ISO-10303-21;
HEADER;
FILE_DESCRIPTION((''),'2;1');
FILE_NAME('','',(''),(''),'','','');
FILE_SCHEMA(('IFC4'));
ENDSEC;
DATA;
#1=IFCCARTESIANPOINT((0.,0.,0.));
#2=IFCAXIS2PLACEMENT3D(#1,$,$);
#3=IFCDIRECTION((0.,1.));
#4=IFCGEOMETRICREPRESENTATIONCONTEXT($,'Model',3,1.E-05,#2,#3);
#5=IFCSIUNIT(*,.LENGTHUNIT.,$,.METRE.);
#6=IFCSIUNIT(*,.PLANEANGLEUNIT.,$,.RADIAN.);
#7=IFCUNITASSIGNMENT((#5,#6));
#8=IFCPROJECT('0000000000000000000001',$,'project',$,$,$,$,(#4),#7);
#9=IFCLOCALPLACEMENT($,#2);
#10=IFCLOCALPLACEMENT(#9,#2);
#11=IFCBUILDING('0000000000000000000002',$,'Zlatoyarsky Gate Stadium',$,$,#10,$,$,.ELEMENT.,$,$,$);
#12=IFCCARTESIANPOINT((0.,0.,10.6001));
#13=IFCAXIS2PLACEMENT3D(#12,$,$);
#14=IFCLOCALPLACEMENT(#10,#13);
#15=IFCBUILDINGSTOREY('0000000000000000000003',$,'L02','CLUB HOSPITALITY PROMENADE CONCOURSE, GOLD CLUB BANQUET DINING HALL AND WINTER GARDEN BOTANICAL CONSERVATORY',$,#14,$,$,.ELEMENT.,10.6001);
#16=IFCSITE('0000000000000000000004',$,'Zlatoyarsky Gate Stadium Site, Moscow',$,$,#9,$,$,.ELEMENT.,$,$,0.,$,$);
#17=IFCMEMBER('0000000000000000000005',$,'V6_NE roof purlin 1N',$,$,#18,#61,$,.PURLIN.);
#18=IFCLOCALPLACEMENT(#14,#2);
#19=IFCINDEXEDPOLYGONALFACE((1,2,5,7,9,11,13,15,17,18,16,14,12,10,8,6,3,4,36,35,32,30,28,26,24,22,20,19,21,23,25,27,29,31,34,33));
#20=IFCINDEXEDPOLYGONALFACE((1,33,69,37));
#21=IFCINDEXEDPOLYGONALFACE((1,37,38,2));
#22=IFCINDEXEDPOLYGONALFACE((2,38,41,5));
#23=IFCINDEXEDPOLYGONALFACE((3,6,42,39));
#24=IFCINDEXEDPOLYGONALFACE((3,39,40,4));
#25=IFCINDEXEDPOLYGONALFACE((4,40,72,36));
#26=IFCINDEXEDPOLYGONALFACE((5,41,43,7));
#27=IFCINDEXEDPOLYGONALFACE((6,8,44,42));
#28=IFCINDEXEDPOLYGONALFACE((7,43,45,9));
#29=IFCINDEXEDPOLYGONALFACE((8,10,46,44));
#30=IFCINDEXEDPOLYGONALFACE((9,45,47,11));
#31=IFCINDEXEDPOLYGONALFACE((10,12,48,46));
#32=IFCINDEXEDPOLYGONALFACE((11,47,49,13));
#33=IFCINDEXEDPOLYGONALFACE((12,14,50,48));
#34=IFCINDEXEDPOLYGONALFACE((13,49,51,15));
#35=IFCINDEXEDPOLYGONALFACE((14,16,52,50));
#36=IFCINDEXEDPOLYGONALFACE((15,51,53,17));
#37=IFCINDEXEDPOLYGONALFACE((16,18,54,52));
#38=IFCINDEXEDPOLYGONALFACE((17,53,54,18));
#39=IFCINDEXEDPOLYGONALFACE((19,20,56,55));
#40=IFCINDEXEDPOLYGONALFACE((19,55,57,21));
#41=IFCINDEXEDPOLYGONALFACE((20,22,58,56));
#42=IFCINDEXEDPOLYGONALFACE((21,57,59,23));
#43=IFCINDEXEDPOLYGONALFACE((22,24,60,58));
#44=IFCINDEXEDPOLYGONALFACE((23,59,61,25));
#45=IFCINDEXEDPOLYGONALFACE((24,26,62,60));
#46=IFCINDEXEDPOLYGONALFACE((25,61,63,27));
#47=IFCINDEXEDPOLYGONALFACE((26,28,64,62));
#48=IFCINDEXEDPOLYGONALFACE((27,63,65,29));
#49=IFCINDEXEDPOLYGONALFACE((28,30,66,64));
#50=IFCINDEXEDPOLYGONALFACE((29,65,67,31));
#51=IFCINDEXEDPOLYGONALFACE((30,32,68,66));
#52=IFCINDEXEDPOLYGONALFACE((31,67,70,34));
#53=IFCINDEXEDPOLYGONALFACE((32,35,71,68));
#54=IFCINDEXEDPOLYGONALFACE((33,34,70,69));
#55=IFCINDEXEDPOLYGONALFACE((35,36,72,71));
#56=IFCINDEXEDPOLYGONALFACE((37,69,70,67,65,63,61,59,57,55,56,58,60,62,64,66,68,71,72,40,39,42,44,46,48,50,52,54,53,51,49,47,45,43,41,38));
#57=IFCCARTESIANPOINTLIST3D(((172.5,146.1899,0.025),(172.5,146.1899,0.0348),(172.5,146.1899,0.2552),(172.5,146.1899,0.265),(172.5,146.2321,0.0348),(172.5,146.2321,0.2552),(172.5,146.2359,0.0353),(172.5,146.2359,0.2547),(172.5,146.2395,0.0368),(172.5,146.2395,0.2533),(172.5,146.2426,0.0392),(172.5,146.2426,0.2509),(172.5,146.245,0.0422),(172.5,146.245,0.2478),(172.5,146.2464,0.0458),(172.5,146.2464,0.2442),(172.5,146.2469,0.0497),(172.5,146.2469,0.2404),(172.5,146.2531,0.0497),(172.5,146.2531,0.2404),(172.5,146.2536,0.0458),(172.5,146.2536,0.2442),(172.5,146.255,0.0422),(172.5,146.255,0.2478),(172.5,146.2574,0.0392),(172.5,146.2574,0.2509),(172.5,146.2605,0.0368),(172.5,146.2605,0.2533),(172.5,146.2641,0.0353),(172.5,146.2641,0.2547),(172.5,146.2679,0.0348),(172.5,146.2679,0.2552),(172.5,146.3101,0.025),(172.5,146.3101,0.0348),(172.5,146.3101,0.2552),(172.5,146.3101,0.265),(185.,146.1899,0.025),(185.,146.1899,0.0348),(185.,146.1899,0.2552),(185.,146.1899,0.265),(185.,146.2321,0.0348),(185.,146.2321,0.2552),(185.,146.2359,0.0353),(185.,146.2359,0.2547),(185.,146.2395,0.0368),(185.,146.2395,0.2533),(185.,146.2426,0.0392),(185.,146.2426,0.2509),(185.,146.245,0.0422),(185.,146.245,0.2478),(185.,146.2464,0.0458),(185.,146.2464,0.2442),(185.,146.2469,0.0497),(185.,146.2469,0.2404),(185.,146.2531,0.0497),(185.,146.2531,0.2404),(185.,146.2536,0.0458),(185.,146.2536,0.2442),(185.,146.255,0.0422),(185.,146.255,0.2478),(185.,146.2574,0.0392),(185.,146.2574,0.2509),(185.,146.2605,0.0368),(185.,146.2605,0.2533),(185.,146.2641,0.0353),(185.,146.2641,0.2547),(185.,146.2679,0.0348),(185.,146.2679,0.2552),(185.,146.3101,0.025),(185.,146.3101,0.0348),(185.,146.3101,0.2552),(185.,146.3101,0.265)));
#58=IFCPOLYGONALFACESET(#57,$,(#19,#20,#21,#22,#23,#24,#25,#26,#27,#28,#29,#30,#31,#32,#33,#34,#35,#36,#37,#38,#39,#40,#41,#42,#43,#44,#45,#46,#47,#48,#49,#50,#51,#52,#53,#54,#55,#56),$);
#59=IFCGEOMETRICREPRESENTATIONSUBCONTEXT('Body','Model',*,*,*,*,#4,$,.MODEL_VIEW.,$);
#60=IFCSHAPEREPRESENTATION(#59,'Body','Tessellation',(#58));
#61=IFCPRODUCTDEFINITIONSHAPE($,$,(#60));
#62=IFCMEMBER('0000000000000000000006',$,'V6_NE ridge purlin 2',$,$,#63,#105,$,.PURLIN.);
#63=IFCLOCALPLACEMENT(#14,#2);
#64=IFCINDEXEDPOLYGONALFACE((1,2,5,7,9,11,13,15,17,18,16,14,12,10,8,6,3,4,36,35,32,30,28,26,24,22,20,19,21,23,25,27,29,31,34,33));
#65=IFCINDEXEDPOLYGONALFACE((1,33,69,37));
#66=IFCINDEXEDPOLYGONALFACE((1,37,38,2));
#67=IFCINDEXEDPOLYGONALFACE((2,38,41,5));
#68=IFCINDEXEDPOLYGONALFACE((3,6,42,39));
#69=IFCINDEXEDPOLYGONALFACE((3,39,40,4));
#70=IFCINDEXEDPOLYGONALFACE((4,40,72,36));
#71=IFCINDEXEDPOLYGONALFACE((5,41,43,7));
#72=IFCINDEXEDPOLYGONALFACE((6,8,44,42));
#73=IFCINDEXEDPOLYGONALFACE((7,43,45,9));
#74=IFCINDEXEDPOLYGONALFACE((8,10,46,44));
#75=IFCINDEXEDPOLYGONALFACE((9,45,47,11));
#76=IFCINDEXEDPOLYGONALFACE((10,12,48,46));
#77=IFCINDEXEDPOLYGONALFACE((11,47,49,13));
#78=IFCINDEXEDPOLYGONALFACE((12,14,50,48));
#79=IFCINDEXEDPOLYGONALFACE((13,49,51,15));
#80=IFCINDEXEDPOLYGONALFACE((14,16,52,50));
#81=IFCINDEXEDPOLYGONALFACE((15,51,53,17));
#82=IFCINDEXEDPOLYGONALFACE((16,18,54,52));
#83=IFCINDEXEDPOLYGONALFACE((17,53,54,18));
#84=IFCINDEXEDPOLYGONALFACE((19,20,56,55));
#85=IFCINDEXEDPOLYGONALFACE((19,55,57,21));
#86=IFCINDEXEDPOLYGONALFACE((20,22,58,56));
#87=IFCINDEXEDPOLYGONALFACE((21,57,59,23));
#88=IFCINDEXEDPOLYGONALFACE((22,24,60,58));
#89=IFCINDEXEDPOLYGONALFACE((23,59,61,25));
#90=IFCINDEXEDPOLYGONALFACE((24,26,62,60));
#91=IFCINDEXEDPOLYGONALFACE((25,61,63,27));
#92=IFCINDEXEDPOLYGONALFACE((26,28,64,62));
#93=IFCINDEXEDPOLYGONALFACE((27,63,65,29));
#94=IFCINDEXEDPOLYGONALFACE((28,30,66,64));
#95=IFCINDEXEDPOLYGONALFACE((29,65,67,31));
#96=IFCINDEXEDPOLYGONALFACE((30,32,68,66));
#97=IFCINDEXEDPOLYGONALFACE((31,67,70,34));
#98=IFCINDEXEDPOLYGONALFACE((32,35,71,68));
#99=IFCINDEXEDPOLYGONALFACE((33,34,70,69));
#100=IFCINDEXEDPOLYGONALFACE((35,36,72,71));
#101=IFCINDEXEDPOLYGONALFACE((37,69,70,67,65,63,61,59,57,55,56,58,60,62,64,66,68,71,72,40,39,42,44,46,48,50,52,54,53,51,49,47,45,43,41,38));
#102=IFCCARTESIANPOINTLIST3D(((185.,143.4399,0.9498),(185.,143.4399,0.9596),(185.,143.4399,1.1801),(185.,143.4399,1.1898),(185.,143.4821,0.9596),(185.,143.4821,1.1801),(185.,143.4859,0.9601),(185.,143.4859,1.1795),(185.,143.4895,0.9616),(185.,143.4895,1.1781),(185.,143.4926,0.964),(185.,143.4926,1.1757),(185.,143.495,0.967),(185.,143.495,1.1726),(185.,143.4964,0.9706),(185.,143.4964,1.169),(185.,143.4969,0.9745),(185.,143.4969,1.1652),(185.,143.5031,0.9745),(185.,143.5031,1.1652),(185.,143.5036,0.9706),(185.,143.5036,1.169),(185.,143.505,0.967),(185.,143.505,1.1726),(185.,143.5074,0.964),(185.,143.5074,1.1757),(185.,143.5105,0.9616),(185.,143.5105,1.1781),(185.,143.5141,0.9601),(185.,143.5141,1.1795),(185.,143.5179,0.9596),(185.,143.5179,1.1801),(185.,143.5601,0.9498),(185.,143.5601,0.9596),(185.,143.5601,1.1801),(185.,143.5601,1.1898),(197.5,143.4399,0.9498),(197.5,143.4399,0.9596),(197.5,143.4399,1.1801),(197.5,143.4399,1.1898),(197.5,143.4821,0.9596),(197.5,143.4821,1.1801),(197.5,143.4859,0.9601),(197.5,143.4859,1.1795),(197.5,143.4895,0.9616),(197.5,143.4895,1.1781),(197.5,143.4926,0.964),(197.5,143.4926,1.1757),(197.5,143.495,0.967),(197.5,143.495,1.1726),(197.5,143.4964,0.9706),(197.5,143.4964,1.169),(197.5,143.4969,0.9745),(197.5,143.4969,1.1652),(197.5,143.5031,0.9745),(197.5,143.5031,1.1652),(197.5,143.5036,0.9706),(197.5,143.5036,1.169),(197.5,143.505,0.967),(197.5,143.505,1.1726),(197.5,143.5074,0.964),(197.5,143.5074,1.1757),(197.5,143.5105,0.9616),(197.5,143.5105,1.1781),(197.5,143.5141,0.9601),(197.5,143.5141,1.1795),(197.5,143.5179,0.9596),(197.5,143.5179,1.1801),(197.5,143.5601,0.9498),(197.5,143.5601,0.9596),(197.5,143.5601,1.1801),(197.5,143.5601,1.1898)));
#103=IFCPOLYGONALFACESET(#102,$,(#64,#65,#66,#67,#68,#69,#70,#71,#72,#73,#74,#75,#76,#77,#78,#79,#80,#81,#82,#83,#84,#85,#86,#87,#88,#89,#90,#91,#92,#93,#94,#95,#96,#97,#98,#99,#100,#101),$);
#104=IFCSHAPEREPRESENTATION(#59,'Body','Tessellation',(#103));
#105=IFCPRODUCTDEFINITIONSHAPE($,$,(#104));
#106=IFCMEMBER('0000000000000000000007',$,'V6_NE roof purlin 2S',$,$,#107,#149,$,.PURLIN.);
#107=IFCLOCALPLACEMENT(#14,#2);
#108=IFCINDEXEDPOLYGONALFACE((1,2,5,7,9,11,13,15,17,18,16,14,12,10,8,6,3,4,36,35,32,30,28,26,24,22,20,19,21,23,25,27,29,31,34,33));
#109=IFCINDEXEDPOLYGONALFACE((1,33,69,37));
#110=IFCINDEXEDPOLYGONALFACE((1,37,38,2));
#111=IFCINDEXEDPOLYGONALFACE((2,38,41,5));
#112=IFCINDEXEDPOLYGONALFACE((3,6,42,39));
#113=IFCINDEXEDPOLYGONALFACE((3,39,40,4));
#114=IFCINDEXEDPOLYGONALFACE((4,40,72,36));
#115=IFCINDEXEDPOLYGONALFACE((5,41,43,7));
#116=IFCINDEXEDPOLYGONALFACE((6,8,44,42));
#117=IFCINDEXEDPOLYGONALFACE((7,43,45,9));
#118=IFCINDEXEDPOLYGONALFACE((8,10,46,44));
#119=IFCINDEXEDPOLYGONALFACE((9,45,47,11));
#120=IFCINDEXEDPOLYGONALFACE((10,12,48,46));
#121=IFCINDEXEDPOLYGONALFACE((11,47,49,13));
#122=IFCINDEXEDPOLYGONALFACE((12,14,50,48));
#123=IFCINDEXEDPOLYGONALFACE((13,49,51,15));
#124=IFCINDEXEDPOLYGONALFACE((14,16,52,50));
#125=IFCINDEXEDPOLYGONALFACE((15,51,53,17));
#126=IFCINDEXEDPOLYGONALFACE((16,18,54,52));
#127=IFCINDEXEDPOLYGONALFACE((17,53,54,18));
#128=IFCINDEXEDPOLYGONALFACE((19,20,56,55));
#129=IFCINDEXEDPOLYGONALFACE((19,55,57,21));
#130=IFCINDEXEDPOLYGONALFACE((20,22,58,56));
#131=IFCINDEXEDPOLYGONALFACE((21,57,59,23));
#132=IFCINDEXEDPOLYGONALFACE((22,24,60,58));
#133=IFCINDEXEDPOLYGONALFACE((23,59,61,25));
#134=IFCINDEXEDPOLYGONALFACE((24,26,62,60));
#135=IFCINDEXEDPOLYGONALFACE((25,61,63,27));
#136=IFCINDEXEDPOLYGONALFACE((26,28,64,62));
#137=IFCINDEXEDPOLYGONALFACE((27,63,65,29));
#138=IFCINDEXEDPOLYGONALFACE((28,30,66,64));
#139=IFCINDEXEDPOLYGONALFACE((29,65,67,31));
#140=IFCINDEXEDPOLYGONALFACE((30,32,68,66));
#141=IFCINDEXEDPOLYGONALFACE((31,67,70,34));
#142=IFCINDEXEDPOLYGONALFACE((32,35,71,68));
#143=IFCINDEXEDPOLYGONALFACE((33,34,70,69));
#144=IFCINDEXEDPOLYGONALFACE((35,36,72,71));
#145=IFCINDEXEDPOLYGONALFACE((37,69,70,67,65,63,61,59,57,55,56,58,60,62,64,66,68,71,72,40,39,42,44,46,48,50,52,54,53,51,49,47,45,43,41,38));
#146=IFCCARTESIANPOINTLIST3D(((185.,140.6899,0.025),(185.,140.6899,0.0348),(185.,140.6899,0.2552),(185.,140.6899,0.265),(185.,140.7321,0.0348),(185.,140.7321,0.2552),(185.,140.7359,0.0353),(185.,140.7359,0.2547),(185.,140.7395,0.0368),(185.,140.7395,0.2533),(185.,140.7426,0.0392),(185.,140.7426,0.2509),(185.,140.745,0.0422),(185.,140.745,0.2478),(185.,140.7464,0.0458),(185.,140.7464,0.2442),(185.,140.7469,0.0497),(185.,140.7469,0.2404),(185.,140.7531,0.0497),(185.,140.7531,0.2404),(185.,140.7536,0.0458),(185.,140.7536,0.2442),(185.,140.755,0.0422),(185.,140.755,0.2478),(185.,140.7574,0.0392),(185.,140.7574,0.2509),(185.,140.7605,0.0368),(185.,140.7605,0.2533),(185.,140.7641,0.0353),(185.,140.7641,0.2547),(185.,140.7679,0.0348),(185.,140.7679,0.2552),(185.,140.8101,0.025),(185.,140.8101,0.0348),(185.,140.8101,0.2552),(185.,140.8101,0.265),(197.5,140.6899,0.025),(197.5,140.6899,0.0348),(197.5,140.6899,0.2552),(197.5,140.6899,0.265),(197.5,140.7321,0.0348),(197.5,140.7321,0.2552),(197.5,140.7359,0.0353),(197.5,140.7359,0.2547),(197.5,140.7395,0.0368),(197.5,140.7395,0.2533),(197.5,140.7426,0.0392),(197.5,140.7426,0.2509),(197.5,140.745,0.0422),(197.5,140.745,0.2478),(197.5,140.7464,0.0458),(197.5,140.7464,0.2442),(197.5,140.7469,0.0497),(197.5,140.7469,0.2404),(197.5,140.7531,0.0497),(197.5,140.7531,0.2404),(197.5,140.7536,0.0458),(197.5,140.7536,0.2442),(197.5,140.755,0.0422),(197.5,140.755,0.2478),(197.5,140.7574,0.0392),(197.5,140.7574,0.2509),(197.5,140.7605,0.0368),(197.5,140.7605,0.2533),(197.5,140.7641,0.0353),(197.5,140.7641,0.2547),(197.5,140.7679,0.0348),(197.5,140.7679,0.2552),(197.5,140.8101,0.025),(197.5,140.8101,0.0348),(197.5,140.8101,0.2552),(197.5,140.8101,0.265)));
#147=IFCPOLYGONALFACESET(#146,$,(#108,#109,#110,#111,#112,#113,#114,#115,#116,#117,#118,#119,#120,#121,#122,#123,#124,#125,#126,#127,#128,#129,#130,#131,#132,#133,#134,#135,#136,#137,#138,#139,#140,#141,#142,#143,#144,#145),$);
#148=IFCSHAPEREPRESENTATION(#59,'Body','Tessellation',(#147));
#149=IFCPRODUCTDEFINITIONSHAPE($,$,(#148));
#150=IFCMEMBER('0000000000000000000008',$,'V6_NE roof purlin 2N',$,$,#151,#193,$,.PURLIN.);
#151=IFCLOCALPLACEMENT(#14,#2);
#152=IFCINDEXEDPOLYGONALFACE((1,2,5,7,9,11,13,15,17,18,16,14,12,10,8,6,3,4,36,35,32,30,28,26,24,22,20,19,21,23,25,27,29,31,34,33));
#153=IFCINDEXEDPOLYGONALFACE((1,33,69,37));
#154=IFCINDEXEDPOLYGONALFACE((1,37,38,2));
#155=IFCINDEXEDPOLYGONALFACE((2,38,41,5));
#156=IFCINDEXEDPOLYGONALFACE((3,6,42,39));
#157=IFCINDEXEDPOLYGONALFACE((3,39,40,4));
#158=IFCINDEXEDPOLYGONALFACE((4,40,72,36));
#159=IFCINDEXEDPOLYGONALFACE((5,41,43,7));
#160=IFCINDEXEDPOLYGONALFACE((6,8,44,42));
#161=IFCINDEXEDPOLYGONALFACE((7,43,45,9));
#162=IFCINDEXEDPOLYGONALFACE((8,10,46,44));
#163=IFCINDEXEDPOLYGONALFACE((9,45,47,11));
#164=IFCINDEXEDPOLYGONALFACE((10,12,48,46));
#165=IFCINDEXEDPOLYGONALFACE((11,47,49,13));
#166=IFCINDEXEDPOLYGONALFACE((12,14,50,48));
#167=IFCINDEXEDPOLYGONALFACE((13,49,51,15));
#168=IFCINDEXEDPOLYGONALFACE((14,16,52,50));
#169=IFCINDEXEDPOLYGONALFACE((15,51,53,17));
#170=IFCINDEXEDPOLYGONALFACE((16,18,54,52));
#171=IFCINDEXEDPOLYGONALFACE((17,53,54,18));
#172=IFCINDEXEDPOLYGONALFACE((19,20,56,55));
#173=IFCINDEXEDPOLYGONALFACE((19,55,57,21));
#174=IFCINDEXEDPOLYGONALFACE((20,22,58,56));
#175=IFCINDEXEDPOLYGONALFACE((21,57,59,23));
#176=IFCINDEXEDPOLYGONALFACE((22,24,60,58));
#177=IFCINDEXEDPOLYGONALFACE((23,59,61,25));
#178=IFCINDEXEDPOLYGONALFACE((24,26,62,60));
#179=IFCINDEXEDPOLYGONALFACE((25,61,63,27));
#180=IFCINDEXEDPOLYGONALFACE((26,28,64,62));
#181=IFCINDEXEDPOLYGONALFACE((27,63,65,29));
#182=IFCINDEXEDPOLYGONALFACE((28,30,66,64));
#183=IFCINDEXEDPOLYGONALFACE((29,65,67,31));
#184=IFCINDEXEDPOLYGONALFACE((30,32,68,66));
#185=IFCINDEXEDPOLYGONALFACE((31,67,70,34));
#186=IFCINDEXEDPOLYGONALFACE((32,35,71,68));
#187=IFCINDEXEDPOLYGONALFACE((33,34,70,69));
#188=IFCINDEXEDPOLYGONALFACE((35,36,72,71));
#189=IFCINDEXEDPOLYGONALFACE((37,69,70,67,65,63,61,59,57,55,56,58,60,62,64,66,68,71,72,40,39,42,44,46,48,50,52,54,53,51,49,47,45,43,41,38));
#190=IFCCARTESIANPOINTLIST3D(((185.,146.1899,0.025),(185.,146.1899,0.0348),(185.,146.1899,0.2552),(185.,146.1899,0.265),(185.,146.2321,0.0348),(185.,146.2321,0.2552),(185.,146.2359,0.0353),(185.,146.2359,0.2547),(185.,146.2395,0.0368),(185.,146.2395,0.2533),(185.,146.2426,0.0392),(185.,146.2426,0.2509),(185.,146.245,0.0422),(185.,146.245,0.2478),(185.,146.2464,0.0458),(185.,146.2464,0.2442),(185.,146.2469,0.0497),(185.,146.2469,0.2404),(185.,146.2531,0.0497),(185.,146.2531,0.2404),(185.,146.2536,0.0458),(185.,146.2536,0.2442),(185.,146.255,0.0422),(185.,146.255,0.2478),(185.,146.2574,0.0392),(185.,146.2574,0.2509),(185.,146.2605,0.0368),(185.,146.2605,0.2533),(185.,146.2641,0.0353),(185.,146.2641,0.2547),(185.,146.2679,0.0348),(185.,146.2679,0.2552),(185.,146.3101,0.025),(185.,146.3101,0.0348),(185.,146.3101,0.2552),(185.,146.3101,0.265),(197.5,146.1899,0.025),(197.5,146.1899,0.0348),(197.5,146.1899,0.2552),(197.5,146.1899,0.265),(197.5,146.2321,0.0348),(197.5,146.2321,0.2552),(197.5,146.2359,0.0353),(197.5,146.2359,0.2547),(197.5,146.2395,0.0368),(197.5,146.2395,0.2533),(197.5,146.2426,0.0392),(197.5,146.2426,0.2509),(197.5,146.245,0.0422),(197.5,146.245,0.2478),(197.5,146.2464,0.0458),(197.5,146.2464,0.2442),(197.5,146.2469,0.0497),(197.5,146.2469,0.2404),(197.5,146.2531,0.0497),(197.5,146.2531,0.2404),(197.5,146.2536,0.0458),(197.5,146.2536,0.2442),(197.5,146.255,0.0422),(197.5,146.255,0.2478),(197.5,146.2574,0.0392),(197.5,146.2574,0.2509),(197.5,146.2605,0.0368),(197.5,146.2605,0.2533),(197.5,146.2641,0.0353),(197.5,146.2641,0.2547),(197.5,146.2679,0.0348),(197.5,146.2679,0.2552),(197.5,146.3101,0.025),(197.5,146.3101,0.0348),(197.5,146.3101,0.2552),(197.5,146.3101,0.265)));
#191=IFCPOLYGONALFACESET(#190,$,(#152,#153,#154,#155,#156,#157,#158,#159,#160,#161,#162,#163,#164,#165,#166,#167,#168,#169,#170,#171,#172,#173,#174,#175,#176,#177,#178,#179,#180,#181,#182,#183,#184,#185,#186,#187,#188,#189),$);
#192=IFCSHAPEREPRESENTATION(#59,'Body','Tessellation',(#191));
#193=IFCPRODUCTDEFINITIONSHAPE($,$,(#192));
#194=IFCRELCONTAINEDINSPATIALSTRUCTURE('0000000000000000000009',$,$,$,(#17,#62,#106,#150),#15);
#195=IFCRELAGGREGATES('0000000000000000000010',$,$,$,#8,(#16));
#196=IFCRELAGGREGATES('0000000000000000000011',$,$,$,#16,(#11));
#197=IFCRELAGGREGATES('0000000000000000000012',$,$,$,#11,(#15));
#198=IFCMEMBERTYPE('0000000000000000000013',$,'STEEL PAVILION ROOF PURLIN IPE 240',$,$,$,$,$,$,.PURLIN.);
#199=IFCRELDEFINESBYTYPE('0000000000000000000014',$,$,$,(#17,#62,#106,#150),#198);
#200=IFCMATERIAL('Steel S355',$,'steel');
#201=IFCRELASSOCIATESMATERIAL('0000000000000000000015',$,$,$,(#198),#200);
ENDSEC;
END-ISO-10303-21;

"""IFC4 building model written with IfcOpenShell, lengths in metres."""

from ifc_helpers import new_model, si_unit, direction, frame, origin, origin_2d, place, context, subcontext, project, spatial, i_section, extrude, material, material_profile, profile_set, type_object, element, save


model = new_model("IFC4")

# Units and contexts
model_context = context("Model", 3, precision=1e-05, world=origin(), true_north=direction((0.0, 1.0)))
body_context = subcontext(model_context, "Body", "Model", "MODEL_VIEW")
ifc_project = project(units=[si_unit("LENGTHUNIT", "METRE"), si_unit("PLANEANGLEUNIT", "RADIAN")], contexts=[model_context])

# Site, building, storey
site_placement = place(None, origin())
site = spatial("IfcSite", under=ifc_project, at=site_placement, Name="Zlatoyarsky Gate Stadium Site, Moscow", CompositionType="ELEMENT", RefElevation=0.0)
building_placement = place(site_placement, origin())
building = spatial("IfcBuilding", under=site, at=building_placement, Name="Zlatoyarsky Gate Stadium", CompositionType="ELEMENT")
storey_placement = place(building_placement, frame((0.0, 0.0, 10.6001)))
storey = spatial("IfcBuildingStorey", under=building, at=storey_placement, Name="L02", Description="CLUB HOSPITALITY PROMENADE CONCOURSE, GOLD CLUB BANQUET DINING HALL AND WINTER GARDEN BOTANICAL CONSERVATORY", CompositionType="ELEMENT", Elevation=10.6001)

# Shared definitions
ifc_material_1 = material(Name="Steel S355", Category="steel")

# Members
ifc_material_profile_1 = material_profile(ifc_material_1, i_section(OverallWidth=0.1201, OverallDepth=0.24, WebThickness=0.0061, FlangeThickness=0.0098, FilletRadius=0.0149, at=origin_2d()), Name="IPE 240")
ifc_profile_set_1 = profile_set([ifc_material_profile_1], Name="Steel S355")
member_type_1 = type_object("IfcMemberType", Name="STEEL PAVILION ROOF PURLIN IPE 240", PredefinedType="PURLIN", material=ifc_profile_set_1)
for number, where, z_axis, x_axis, name in (
    (1, (172.5, 146.25, 0.145), (1.0, 0.0, 0.0), (0.0, 1.0, 0.0), "V6_NE roof purlin 1N"),
    (2, (185.0, 143.5, 1.0698), (1.0, 0.0, 0.0), (0.0, 1.0, 0.0), "V6_NE ridge purlin 2"),
    (3, (185.0, 140.75, 0.145), (1.0, 0.0, 0.0), (0.0, 1.0, 0.0), "V6_NE roof purlin 2S"),
    (4, (185.0, 146.25, 0.145), (1.0, 0.0, 0.0), (0.0, 1.0, 0.0), "V6_NE roof purlin 2N"),
):
    element("IfcMember", number, at=place(storey_placement, frame(where, z_axis=z_axis, x_axis=x_axis)), inside=storey, type_object=member_type_1, Name=name, PredefinedType="PURLIN", context=body_context, shape_type="SweptSolid", body=[
        extrude(i_section(OverallWidth=0.1201, OverallDepth=0.24, WebThickness=0.0061, FlangeThickness=0.0098, FilletRadius=0.0149, at=origin_2d()), origin(), (0.0, 0.0, 1.0), 12.5),
    ])

save(model, "model.ifc")
